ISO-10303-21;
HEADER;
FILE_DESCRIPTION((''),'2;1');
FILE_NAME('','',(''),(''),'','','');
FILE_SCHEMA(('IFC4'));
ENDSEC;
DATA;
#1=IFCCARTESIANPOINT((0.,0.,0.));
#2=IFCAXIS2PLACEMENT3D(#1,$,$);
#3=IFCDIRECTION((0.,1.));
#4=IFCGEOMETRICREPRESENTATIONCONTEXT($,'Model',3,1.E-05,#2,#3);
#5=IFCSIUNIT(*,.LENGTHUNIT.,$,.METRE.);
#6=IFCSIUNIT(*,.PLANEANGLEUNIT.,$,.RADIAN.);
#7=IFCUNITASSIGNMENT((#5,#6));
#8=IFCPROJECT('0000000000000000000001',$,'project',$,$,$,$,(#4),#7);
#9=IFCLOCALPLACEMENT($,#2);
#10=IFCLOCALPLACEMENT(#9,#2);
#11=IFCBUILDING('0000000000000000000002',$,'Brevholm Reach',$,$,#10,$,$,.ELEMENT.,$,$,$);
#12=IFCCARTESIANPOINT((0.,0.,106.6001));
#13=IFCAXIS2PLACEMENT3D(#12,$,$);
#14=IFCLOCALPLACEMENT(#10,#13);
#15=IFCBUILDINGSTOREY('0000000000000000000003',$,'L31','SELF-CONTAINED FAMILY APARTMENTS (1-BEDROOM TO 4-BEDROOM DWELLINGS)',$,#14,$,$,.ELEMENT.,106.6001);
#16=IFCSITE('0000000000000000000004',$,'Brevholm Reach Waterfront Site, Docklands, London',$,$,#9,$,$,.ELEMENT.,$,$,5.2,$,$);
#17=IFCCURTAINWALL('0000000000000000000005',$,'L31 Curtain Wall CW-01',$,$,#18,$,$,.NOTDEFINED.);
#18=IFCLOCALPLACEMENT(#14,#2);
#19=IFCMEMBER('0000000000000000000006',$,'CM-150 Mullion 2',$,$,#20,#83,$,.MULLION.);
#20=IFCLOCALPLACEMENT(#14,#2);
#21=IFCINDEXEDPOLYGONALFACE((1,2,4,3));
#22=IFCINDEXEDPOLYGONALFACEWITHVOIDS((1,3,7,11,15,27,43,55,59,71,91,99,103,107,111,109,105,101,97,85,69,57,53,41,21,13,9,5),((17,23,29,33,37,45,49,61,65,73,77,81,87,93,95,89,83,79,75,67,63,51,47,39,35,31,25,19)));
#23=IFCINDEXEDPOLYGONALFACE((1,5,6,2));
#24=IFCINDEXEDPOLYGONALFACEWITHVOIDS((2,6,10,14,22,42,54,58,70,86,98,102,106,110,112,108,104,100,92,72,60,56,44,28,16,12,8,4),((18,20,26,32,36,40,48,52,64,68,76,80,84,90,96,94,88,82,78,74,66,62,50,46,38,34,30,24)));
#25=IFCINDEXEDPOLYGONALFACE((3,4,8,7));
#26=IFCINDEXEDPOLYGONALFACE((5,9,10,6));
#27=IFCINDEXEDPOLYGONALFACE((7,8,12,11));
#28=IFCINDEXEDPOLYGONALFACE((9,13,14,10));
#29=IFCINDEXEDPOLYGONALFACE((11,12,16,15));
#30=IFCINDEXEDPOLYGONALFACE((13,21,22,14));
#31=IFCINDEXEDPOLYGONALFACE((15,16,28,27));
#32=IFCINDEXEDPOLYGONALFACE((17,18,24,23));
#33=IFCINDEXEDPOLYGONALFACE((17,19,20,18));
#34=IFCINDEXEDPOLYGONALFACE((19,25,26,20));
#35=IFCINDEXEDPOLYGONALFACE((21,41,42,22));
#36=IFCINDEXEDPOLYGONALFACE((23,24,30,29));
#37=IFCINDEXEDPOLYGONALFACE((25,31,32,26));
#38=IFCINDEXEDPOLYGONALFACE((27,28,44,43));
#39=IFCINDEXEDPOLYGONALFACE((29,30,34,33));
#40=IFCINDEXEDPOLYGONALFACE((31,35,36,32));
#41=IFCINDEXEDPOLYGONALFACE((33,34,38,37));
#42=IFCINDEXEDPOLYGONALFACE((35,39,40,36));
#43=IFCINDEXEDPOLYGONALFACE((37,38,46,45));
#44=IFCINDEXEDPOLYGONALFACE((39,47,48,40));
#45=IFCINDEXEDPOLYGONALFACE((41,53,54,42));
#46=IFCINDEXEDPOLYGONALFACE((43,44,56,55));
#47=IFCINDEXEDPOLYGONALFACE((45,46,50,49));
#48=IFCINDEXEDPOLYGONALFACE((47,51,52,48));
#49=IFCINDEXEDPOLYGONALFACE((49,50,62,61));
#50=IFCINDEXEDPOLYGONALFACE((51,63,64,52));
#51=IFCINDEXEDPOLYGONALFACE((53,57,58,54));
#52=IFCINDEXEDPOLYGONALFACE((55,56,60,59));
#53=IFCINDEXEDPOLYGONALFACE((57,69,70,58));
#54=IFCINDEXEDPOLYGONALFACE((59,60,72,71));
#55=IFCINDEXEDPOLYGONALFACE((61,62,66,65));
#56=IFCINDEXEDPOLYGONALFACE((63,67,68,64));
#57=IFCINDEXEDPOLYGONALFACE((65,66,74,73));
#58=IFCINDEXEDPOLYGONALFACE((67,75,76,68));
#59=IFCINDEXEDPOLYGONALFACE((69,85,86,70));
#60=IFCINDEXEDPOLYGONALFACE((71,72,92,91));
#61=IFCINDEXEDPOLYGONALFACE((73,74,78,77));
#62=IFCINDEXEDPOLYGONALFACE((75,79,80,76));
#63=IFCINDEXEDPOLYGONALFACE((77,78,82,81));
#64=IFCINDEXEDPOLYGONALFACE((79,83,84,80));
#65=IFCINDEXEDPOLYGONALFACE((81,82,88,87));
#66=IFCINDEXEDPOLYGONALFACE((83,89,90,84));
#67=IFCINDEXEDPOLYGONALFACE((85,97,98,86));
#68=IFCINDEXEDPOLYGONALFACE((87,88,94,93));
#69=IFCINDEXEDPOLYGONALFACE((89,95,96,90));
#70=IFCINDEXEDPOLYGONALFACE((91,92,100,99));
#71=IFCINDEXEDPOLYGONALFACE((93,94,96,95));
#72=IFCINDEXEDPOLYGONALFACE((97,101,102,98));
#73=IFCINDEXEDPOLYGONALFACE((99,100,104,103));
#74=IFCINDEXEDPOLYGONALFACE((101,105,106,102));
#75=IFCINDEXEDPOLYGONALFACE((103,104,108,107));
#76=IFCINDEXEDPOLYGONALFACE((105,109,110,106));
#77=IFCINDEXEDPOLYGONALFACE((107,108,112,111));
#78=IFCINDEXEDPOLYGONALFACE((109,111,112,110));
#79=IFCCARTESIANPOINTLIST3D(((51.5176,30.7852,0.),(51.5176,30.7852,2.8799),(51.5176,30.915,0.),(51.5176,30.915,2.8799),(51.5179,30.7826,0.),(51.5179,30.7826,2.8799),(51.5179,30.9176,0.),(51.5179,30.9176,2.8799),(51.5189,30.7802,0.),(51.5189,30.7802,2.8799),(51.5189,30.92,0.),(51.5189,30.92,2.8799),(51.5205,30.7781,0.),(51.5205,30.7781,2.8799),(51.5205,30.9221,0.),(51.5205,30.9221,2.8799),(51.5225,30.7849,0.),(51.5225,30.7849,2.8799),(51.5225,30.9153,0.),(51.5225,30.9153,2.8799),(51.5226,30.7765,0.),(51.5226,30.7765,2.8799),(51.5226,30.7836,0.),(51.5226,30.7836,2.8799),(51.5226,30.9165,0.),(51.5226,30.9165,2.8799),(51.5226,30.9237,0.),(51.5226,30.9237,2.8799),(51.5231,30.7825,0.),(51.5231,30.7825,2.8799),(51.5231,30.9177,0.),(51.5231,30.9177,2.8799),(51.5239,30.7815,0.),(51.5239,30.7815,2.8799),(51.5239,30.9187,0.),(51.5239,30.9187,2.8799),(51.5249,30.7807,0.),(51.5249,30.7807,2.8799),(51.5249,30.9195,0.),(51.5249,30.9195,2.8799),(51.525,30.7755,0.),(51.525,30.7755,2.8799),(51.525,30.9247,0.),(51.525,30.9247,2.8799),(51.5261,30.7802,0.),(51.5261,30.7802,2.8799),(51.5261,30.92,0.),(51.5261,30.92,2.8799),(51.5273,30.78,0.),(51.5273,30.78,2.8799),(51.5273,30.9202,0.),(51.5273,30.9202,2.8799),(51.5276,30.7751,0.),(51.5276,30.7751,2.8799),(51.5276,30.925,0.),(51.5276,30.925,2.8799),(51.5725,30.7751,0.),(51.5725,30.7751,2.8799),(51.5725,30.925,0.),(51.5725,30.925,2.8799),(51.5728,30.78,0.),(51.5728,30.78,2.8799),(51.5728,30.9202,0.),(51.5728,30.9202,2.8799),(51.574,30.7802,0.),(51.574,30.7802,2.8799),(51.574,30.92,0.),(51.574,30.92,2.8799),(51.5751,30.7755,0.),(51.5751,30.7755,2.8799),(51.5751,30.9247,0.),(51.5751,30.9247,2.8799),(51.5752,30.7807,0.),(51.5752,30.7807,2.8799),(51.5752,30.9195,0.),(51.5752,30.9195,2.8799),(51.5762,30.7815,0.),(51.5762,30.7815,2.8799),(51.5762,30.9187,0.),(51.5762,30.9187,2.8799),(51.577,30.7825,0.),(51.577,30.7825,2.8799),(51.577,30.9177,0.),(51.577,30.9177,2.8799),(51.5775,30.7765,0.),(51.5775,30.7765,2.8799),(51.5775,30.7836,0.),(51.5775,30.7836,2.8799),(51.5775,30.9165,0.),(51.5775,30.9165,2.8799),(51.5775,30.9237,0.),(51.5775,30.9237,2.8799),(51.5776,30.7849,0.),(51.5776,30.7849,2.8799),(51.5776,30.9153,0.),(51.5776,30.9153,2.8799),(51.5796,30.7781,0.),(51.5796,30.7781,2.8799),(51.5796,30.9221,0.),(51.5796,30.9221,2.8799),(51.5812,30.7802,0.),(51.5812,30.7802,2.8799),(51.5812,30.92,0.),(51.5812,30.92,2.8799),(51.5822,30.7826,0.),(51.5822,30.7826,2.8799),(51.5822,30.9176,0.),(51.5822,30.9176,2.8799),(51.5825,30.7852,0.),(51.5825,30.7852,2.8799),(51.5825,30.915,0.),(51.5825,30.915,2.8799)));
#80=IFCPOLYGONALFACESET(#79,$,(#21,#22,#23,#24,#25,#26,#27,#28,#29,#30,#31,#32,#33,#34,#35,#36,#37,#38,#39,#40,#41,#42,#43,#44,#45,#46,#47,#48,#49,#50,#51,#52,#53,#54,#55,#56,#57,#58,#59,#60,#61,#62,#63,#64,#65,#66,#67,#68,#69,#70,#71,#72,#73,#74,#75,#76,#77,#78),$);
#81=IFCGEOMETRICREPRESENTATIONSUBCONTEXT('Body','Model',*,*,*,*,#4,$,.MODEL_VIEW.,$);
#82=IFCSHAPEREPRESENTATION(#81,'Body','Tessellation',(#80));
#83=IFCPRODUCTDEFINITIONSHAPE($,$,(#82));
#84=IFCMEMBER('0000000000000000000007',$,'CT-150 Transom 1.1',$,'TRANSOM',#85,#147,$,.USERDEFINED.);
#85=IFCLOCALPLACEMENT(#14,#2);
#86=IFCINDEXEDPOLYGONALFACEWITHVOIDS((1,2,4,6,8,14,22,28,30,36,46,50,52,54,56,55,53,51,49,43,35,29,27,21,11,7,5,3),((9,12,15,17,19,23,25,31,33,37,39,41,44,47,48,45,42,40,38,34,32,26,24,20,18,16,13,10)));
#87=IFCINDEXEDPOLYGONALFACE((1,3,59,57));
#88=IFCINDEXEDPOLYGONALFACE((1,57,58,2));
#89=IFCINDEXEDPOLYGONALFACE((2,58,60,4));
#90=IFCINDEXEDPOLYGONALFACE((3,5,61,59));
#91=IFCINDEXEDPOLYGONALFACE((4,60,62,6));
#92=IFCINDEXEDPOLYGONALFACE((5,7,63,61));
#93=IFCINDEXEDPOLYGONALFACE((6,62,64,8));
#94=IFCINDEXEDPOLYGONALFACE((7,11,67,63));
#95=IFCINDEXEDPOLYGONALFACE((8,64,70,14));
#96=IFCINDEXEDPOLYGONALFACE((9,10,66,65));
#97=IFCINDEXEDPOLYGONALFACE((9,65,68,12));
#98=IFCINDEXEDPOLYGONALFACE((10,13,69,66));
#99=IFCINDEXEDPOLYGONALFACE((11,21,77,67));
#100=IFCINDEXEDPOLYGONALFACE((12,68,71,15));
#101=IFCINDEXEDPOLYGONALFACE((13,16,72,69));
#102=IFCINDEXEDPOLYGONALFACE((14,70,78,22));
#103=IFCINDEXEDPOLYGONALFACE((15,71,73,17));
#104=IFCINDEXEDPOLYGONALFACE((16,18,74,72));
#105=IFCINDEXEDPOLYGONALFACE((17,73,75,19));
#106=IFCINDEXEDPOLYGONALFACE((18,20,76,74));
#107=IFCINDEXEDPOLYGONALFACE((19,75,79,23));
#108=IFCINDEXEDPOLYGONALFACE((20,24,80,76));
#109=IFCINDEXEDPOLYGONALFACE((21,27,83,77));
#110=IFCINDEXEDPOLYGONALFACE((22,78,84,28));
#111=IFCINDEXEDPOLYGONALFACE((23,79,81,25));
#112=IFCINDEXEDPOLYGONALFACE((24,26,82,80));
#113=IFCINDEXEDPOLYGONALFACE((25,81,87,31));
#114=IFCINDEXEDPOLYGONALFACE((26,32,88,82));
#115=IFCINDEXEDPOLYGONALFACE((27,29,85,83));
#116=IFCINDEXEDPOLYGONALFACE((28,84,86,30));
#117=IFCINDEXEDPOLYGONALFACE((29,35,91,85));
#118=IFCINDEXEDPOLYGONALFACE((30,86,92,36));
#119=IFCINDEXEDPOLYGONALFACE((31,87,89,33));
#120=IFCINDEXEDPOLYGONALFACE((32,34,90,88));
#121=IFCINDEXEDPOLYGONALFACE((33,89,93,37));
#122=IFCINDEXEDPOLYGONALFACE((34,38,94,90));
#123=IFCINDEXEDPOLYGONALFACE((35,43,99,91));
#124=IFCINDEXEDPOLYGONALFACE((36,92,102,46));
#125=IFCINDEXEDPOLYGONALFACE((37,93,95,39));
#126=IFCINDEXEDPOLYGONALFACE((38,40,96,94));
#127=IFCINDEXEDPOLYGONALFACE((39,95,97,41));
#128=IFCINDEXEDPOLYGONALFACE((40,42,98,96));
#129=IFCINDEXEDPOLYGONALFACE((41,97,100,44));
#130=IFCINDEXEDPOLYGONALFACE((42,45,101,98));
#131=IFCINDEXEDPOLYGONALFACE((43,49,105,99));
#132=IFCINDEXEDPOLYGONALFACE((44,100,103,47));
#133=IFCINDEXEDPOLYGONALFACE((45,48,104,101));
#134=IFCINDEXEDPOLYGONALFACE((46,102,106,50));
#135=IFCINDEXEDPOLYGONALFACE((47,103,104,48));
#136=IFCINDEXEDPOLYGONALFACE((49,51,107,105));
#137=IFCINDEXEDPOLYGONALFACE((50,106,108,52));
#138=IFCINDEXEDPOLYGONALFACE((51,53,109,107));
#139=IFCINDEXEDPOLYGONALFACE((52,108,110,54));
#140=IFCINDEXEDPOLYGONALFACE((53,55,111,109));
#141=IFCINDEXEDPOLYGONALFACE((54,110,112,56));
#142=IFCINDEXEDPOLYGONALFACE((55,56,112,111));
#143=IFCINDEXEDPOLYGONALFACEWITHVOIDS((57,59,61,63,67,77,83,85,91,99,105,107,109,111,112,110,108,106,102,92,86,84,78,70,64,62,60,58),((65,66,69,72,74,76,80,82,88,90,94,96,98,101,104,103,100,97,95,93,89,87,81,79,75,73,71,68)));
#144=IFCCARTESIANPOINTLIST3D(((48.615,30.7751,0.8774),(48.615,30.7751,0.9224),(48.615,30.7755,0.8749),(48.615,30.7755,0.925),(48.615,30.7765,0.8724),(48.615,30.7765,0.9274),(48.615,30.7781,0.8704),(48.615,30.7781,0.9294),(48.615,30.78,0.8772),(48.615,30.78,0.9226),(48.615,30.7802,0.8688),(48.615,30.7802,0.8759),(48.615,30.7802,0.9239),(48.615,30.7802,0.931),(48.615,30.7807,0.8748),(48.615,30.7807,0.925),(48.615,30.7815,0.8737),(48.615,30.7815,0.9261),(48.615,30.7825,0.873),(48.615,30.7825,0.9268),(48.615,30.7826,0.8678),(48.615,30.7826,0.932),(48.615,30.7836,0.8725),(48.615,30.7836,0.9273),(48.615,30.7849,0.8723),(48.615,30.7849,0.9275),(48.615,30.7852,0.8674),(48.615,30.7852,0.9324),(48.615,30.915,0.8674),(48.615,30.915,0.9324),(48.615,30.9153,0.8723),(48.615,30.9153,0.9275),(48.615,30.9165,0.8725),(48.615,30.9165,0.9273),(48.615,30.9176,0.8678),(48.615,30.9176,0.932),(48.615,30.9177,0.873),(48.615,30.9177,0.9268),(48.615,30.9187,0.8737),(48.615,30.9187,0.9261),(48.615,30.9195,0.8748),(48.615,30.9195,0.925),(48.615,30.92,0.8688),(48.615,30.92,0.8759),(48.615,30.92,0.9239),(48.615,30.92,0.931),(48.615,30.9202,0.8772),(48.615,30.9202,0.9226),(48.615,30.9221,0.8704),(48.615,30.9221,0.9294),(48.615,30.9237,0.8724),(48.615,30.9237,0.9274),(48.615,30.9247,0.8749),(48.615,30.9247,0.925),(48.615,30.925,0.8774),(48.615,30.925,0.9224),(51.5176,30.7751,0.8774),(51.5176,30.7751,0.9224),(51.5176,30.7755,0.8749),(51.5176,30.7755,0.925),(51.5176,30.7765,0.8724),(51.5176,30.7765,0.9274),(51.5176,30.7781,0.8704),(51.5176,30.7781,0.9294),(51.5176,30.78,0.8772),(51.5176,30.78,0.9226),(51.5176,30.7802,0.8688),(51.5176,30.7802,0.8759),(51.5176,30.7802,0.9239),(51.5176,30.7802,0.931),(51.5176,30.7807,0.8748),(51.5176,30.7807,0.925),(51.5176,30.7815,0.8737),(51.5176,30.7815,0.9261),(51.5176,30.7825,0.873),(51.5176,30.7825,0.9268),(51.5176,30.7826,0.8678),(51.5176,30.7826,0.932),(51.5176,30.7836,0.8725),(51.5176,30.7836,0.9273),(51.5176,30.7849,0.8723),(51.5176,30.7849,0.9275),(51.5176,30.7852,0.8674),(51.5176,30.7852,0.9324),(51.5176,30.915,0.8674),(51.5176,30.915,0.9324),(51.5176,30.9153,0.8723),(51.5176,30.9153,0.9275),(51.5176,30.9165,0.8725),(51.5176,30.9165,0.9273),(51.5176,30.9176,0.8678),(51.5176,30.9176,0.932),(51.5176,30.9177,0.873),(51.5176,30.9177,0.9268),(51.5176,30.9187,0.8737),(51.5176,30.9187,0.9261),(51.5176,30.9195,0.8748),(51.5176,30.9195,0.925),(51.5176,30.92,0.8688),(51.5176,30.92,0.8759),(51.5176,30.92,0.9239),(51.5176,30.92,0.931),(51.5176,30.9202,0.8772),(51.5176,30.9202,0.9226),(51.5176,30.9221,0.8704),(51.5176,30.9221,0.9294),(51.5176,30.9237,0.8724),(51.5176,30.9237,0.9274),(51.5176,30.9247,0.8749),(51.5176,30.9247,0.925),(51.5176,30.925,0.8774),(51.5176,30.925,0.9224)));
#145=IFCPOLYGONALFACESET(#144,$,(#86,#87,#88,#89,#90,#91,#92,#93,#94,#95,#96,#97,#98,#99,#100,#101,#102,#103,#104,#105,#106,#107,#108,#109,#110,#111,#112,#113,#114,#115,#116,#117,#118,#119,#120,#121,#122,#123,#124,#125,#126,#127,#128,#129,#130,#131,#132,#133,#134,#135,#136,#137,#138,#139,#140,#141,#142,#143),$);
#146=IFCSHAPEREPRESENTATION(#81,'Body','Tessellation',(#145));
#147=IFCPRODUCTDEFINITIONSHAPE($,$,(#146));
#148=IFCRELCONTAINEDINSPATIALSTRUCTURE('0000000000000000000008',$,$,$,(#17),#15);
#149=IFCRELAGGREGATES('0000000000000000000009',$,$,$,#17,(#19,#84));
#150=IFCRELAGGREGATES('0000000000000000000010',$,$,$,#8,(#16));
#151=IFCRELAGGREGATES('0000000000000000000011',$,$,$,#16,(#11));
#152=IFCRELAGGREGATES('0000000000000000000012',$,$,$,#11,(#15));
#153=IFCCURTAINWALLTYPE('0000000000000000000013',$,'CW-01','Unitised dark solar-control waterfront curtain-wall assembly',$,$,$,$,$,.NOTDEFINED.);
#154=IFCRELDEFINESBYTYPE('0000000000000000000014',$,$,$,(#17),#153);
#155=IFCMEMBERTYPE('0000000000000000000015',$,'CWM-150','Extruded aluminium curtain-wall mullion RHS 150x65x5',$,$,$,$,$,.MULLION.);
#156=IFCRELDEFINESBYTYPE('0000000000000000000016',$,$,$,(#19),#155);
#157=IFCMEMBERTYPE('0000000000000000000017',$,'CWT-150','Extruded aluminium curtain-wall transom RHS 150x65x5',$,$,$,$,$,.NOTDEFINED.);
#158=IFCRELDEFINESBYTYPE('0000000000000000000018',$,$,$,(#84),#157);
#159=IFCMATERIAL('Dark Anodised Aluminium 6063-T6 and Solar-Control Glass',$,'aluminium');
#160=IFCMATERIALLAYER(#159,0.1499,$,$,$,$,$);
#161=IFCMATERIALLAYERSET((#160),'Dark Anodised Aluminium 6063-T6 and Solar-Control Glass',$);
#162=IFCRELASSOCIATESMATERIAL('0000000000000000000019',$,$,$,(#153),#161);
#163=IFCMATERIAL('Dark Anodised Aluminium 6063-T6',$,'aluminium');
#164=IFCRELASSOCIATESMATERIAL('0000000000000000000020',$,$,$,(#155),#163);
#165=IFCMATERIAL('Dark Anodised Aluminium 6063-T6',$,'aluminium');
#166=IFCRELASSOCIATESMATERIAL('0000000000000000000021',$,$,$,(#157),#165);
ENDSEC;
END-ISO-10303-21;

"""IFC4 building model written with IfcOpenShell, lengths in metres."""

from ifc_helpers import new_model, si_unit, direction, frame, origin, origin_2d, place, context, subcontext, project, spatial, hollow_rectangle, extrude, material, layer, layer_set, material_profile, profile_set, type_object, element, aggregate, save


model = new_model("IFC4")

# Units and contexts
model_context = context("Model", 3, precision=1e-05, world=origin(), true_north=direction((0.0, 1.0)))
body_context = subcontext(model_context, "Body", "Model", "MODEL_VIEW")
ifc_project = project(units=[si_unit("LENGTHUNIT", "METRE"), si_unit("PLANEANGLEUNIT", "RADIAN")], contexts=[model_context])

# Site, building, storey
site_placement = place(None, origin())
site = spatial("IfcSite", under=ifc_project, at=site_placement, Name="Brevholm Reach Waterfront Site, Docklands, London", CompositionType="ELEMENT", RefElevation=5.2)
building_placement = place(site_placement, origin())
building = spatial("IfcBuilding", under=site, at=building_placement, Name="Brevholm Reach", CompositionType="ELEMENT")
storey_placement = place(building_placement, frame((0.0, 0.0, 106.6001)))
storey = spatial("IfcBuildingStorey", under=building, at=storey_placement, Name="L31", Description="SELF-CONTAINED FAMILY APARTMENTS (1-BEDROOM TO 4-BEDROOM DWELLINGS)", CompositionType="ELEMENT", Elevation=106.6001)

# Curtain wall, members
ifc_material_1 = material(Name="Dark Anodised Aluminium 6063-T6 and Solar-Control Glass", Category="aluminium")
ifc_layer_1 = layer(ifc_material_1, 0.1499)
ifc_layer_set_1 = layer_set([ifc_layer_1], Name="Dark Anodised Aluminium 6063-T6 and Solar-Control Glass")
curtain_wall_type = type_object("IfcCurtainWallType", Name="CW-01", Description="Unitised dark solar-control waterfront curtain-wall assembly", PredefinedType="NOTDEFINED", material=ifc_layer_set_1)
curtain_wall_placement = place(storey_placement, origin())
curtain_wall = element("IfcCurtainWall", 1, at=curtain_wall_placement, inside=storey, type_object=curtain_wall_type, Name="L31 Curtain Wall CW-01", PredefinedType="NOTDEFINED")
ifc_material_2 = material(Name="Dark Anodised Aluminium 6063-T6", Category="aluminium")
ifc_material_profile_1 = material_profile(ifc_material_2, hollow_rectangle(XDim=0.0649, YDim=0.1499, WallThickness=0.0049, InnerFilletRadius=0.0049, OuterFilletRadius=0.01, at=origin_2d()), Name="RHS 150x65x5")
ifc_profile_set_1 = profile_set([ifc_material_profile_1], Name="Dark Anodised Aluminium 6063-T6")
member_type_1 = type_object("IfcMemberType", Name="CWM-150", Description="Extruded aluminium curtain-wall mullion RHS 150x65x5", PredefinedType="MULLION", material=ifc_profile_set_1)
member_1_placement = place(storey_placement, frame((51.55, 30.8501, 0.0), z_axis=(0.0, 0.0, 1.0), x_axis=(1.0, 0.0, 0.0)))
member_1 = element("IfcMember", 2, at=member_1_placement, type_object=member_type_1, Name="CM-150 Mullion 2", PredefinedType="MULLION", context=body_context, shape_type="SweptSolid", body=[
    extrude(hollow_rectangle(XDim=0.0649, YDim=0.1499, WallThickness=0.0049, InnerFilletRadius=0.0049, OuterFilletRadius=0.01, at=origin_2d()), origin(), (0.0, 0.0, 1.0), 2.8799),
])
ifc_material_3 = material(Name="Dark Anodised Aluminium 6063-T6", Category="aluminium")
ifc_material_profile_2 = material_profile(ifc_material_3, hollow_rectangle(XDim=0.0649, YDim=0.1499, WallThickness=0.0049, InnerFilletRadius=0.0049, OuterFilletRadius=0.01, at=origin_2d()), Name="RHS 150x65x5")
ifc_profile_set_2 = profile_set([ifc_material_profile_2], Name="Dark Anodised Aluminium 6063-T6")
member_type_2 = type_object("IfcMemberType", Name="CWT-150", Description="Extruded aluminium curtain-wall transom RHS 150x65x5", PredefinedType="NOTDEFINED", material=ifc_profile_set_2)
member_2_placement = place(storey_placement, frame((48.615, 30.8501, 0.8999), z_axis=(1.0, 0.0, 0.0), x_axis=(0.0, 0.0, 1.0)))
member_2 = element("IfcMember", 3, at=member_2_placement, type_object=member_type_2, Name="CT-150 Transom 1.1", ObjectType="TRANSOM", PredefinedType="USERDEFINED", context=body_context, shape_type="SweptSolid", body=[
    extrude(hollow_rectangle(XDim=0.0649, YDim=0.1499, WallThickness=0.0049, InnerFilletRadius=0.0049, OuterFilletRadius=0.01, at=origin_2d()), origin(), (0.0, 0.0, 1.0), 2.9026),
])
aggregate(curtain_wall, [member_1, member_2])

save(model, "model.ifc")
